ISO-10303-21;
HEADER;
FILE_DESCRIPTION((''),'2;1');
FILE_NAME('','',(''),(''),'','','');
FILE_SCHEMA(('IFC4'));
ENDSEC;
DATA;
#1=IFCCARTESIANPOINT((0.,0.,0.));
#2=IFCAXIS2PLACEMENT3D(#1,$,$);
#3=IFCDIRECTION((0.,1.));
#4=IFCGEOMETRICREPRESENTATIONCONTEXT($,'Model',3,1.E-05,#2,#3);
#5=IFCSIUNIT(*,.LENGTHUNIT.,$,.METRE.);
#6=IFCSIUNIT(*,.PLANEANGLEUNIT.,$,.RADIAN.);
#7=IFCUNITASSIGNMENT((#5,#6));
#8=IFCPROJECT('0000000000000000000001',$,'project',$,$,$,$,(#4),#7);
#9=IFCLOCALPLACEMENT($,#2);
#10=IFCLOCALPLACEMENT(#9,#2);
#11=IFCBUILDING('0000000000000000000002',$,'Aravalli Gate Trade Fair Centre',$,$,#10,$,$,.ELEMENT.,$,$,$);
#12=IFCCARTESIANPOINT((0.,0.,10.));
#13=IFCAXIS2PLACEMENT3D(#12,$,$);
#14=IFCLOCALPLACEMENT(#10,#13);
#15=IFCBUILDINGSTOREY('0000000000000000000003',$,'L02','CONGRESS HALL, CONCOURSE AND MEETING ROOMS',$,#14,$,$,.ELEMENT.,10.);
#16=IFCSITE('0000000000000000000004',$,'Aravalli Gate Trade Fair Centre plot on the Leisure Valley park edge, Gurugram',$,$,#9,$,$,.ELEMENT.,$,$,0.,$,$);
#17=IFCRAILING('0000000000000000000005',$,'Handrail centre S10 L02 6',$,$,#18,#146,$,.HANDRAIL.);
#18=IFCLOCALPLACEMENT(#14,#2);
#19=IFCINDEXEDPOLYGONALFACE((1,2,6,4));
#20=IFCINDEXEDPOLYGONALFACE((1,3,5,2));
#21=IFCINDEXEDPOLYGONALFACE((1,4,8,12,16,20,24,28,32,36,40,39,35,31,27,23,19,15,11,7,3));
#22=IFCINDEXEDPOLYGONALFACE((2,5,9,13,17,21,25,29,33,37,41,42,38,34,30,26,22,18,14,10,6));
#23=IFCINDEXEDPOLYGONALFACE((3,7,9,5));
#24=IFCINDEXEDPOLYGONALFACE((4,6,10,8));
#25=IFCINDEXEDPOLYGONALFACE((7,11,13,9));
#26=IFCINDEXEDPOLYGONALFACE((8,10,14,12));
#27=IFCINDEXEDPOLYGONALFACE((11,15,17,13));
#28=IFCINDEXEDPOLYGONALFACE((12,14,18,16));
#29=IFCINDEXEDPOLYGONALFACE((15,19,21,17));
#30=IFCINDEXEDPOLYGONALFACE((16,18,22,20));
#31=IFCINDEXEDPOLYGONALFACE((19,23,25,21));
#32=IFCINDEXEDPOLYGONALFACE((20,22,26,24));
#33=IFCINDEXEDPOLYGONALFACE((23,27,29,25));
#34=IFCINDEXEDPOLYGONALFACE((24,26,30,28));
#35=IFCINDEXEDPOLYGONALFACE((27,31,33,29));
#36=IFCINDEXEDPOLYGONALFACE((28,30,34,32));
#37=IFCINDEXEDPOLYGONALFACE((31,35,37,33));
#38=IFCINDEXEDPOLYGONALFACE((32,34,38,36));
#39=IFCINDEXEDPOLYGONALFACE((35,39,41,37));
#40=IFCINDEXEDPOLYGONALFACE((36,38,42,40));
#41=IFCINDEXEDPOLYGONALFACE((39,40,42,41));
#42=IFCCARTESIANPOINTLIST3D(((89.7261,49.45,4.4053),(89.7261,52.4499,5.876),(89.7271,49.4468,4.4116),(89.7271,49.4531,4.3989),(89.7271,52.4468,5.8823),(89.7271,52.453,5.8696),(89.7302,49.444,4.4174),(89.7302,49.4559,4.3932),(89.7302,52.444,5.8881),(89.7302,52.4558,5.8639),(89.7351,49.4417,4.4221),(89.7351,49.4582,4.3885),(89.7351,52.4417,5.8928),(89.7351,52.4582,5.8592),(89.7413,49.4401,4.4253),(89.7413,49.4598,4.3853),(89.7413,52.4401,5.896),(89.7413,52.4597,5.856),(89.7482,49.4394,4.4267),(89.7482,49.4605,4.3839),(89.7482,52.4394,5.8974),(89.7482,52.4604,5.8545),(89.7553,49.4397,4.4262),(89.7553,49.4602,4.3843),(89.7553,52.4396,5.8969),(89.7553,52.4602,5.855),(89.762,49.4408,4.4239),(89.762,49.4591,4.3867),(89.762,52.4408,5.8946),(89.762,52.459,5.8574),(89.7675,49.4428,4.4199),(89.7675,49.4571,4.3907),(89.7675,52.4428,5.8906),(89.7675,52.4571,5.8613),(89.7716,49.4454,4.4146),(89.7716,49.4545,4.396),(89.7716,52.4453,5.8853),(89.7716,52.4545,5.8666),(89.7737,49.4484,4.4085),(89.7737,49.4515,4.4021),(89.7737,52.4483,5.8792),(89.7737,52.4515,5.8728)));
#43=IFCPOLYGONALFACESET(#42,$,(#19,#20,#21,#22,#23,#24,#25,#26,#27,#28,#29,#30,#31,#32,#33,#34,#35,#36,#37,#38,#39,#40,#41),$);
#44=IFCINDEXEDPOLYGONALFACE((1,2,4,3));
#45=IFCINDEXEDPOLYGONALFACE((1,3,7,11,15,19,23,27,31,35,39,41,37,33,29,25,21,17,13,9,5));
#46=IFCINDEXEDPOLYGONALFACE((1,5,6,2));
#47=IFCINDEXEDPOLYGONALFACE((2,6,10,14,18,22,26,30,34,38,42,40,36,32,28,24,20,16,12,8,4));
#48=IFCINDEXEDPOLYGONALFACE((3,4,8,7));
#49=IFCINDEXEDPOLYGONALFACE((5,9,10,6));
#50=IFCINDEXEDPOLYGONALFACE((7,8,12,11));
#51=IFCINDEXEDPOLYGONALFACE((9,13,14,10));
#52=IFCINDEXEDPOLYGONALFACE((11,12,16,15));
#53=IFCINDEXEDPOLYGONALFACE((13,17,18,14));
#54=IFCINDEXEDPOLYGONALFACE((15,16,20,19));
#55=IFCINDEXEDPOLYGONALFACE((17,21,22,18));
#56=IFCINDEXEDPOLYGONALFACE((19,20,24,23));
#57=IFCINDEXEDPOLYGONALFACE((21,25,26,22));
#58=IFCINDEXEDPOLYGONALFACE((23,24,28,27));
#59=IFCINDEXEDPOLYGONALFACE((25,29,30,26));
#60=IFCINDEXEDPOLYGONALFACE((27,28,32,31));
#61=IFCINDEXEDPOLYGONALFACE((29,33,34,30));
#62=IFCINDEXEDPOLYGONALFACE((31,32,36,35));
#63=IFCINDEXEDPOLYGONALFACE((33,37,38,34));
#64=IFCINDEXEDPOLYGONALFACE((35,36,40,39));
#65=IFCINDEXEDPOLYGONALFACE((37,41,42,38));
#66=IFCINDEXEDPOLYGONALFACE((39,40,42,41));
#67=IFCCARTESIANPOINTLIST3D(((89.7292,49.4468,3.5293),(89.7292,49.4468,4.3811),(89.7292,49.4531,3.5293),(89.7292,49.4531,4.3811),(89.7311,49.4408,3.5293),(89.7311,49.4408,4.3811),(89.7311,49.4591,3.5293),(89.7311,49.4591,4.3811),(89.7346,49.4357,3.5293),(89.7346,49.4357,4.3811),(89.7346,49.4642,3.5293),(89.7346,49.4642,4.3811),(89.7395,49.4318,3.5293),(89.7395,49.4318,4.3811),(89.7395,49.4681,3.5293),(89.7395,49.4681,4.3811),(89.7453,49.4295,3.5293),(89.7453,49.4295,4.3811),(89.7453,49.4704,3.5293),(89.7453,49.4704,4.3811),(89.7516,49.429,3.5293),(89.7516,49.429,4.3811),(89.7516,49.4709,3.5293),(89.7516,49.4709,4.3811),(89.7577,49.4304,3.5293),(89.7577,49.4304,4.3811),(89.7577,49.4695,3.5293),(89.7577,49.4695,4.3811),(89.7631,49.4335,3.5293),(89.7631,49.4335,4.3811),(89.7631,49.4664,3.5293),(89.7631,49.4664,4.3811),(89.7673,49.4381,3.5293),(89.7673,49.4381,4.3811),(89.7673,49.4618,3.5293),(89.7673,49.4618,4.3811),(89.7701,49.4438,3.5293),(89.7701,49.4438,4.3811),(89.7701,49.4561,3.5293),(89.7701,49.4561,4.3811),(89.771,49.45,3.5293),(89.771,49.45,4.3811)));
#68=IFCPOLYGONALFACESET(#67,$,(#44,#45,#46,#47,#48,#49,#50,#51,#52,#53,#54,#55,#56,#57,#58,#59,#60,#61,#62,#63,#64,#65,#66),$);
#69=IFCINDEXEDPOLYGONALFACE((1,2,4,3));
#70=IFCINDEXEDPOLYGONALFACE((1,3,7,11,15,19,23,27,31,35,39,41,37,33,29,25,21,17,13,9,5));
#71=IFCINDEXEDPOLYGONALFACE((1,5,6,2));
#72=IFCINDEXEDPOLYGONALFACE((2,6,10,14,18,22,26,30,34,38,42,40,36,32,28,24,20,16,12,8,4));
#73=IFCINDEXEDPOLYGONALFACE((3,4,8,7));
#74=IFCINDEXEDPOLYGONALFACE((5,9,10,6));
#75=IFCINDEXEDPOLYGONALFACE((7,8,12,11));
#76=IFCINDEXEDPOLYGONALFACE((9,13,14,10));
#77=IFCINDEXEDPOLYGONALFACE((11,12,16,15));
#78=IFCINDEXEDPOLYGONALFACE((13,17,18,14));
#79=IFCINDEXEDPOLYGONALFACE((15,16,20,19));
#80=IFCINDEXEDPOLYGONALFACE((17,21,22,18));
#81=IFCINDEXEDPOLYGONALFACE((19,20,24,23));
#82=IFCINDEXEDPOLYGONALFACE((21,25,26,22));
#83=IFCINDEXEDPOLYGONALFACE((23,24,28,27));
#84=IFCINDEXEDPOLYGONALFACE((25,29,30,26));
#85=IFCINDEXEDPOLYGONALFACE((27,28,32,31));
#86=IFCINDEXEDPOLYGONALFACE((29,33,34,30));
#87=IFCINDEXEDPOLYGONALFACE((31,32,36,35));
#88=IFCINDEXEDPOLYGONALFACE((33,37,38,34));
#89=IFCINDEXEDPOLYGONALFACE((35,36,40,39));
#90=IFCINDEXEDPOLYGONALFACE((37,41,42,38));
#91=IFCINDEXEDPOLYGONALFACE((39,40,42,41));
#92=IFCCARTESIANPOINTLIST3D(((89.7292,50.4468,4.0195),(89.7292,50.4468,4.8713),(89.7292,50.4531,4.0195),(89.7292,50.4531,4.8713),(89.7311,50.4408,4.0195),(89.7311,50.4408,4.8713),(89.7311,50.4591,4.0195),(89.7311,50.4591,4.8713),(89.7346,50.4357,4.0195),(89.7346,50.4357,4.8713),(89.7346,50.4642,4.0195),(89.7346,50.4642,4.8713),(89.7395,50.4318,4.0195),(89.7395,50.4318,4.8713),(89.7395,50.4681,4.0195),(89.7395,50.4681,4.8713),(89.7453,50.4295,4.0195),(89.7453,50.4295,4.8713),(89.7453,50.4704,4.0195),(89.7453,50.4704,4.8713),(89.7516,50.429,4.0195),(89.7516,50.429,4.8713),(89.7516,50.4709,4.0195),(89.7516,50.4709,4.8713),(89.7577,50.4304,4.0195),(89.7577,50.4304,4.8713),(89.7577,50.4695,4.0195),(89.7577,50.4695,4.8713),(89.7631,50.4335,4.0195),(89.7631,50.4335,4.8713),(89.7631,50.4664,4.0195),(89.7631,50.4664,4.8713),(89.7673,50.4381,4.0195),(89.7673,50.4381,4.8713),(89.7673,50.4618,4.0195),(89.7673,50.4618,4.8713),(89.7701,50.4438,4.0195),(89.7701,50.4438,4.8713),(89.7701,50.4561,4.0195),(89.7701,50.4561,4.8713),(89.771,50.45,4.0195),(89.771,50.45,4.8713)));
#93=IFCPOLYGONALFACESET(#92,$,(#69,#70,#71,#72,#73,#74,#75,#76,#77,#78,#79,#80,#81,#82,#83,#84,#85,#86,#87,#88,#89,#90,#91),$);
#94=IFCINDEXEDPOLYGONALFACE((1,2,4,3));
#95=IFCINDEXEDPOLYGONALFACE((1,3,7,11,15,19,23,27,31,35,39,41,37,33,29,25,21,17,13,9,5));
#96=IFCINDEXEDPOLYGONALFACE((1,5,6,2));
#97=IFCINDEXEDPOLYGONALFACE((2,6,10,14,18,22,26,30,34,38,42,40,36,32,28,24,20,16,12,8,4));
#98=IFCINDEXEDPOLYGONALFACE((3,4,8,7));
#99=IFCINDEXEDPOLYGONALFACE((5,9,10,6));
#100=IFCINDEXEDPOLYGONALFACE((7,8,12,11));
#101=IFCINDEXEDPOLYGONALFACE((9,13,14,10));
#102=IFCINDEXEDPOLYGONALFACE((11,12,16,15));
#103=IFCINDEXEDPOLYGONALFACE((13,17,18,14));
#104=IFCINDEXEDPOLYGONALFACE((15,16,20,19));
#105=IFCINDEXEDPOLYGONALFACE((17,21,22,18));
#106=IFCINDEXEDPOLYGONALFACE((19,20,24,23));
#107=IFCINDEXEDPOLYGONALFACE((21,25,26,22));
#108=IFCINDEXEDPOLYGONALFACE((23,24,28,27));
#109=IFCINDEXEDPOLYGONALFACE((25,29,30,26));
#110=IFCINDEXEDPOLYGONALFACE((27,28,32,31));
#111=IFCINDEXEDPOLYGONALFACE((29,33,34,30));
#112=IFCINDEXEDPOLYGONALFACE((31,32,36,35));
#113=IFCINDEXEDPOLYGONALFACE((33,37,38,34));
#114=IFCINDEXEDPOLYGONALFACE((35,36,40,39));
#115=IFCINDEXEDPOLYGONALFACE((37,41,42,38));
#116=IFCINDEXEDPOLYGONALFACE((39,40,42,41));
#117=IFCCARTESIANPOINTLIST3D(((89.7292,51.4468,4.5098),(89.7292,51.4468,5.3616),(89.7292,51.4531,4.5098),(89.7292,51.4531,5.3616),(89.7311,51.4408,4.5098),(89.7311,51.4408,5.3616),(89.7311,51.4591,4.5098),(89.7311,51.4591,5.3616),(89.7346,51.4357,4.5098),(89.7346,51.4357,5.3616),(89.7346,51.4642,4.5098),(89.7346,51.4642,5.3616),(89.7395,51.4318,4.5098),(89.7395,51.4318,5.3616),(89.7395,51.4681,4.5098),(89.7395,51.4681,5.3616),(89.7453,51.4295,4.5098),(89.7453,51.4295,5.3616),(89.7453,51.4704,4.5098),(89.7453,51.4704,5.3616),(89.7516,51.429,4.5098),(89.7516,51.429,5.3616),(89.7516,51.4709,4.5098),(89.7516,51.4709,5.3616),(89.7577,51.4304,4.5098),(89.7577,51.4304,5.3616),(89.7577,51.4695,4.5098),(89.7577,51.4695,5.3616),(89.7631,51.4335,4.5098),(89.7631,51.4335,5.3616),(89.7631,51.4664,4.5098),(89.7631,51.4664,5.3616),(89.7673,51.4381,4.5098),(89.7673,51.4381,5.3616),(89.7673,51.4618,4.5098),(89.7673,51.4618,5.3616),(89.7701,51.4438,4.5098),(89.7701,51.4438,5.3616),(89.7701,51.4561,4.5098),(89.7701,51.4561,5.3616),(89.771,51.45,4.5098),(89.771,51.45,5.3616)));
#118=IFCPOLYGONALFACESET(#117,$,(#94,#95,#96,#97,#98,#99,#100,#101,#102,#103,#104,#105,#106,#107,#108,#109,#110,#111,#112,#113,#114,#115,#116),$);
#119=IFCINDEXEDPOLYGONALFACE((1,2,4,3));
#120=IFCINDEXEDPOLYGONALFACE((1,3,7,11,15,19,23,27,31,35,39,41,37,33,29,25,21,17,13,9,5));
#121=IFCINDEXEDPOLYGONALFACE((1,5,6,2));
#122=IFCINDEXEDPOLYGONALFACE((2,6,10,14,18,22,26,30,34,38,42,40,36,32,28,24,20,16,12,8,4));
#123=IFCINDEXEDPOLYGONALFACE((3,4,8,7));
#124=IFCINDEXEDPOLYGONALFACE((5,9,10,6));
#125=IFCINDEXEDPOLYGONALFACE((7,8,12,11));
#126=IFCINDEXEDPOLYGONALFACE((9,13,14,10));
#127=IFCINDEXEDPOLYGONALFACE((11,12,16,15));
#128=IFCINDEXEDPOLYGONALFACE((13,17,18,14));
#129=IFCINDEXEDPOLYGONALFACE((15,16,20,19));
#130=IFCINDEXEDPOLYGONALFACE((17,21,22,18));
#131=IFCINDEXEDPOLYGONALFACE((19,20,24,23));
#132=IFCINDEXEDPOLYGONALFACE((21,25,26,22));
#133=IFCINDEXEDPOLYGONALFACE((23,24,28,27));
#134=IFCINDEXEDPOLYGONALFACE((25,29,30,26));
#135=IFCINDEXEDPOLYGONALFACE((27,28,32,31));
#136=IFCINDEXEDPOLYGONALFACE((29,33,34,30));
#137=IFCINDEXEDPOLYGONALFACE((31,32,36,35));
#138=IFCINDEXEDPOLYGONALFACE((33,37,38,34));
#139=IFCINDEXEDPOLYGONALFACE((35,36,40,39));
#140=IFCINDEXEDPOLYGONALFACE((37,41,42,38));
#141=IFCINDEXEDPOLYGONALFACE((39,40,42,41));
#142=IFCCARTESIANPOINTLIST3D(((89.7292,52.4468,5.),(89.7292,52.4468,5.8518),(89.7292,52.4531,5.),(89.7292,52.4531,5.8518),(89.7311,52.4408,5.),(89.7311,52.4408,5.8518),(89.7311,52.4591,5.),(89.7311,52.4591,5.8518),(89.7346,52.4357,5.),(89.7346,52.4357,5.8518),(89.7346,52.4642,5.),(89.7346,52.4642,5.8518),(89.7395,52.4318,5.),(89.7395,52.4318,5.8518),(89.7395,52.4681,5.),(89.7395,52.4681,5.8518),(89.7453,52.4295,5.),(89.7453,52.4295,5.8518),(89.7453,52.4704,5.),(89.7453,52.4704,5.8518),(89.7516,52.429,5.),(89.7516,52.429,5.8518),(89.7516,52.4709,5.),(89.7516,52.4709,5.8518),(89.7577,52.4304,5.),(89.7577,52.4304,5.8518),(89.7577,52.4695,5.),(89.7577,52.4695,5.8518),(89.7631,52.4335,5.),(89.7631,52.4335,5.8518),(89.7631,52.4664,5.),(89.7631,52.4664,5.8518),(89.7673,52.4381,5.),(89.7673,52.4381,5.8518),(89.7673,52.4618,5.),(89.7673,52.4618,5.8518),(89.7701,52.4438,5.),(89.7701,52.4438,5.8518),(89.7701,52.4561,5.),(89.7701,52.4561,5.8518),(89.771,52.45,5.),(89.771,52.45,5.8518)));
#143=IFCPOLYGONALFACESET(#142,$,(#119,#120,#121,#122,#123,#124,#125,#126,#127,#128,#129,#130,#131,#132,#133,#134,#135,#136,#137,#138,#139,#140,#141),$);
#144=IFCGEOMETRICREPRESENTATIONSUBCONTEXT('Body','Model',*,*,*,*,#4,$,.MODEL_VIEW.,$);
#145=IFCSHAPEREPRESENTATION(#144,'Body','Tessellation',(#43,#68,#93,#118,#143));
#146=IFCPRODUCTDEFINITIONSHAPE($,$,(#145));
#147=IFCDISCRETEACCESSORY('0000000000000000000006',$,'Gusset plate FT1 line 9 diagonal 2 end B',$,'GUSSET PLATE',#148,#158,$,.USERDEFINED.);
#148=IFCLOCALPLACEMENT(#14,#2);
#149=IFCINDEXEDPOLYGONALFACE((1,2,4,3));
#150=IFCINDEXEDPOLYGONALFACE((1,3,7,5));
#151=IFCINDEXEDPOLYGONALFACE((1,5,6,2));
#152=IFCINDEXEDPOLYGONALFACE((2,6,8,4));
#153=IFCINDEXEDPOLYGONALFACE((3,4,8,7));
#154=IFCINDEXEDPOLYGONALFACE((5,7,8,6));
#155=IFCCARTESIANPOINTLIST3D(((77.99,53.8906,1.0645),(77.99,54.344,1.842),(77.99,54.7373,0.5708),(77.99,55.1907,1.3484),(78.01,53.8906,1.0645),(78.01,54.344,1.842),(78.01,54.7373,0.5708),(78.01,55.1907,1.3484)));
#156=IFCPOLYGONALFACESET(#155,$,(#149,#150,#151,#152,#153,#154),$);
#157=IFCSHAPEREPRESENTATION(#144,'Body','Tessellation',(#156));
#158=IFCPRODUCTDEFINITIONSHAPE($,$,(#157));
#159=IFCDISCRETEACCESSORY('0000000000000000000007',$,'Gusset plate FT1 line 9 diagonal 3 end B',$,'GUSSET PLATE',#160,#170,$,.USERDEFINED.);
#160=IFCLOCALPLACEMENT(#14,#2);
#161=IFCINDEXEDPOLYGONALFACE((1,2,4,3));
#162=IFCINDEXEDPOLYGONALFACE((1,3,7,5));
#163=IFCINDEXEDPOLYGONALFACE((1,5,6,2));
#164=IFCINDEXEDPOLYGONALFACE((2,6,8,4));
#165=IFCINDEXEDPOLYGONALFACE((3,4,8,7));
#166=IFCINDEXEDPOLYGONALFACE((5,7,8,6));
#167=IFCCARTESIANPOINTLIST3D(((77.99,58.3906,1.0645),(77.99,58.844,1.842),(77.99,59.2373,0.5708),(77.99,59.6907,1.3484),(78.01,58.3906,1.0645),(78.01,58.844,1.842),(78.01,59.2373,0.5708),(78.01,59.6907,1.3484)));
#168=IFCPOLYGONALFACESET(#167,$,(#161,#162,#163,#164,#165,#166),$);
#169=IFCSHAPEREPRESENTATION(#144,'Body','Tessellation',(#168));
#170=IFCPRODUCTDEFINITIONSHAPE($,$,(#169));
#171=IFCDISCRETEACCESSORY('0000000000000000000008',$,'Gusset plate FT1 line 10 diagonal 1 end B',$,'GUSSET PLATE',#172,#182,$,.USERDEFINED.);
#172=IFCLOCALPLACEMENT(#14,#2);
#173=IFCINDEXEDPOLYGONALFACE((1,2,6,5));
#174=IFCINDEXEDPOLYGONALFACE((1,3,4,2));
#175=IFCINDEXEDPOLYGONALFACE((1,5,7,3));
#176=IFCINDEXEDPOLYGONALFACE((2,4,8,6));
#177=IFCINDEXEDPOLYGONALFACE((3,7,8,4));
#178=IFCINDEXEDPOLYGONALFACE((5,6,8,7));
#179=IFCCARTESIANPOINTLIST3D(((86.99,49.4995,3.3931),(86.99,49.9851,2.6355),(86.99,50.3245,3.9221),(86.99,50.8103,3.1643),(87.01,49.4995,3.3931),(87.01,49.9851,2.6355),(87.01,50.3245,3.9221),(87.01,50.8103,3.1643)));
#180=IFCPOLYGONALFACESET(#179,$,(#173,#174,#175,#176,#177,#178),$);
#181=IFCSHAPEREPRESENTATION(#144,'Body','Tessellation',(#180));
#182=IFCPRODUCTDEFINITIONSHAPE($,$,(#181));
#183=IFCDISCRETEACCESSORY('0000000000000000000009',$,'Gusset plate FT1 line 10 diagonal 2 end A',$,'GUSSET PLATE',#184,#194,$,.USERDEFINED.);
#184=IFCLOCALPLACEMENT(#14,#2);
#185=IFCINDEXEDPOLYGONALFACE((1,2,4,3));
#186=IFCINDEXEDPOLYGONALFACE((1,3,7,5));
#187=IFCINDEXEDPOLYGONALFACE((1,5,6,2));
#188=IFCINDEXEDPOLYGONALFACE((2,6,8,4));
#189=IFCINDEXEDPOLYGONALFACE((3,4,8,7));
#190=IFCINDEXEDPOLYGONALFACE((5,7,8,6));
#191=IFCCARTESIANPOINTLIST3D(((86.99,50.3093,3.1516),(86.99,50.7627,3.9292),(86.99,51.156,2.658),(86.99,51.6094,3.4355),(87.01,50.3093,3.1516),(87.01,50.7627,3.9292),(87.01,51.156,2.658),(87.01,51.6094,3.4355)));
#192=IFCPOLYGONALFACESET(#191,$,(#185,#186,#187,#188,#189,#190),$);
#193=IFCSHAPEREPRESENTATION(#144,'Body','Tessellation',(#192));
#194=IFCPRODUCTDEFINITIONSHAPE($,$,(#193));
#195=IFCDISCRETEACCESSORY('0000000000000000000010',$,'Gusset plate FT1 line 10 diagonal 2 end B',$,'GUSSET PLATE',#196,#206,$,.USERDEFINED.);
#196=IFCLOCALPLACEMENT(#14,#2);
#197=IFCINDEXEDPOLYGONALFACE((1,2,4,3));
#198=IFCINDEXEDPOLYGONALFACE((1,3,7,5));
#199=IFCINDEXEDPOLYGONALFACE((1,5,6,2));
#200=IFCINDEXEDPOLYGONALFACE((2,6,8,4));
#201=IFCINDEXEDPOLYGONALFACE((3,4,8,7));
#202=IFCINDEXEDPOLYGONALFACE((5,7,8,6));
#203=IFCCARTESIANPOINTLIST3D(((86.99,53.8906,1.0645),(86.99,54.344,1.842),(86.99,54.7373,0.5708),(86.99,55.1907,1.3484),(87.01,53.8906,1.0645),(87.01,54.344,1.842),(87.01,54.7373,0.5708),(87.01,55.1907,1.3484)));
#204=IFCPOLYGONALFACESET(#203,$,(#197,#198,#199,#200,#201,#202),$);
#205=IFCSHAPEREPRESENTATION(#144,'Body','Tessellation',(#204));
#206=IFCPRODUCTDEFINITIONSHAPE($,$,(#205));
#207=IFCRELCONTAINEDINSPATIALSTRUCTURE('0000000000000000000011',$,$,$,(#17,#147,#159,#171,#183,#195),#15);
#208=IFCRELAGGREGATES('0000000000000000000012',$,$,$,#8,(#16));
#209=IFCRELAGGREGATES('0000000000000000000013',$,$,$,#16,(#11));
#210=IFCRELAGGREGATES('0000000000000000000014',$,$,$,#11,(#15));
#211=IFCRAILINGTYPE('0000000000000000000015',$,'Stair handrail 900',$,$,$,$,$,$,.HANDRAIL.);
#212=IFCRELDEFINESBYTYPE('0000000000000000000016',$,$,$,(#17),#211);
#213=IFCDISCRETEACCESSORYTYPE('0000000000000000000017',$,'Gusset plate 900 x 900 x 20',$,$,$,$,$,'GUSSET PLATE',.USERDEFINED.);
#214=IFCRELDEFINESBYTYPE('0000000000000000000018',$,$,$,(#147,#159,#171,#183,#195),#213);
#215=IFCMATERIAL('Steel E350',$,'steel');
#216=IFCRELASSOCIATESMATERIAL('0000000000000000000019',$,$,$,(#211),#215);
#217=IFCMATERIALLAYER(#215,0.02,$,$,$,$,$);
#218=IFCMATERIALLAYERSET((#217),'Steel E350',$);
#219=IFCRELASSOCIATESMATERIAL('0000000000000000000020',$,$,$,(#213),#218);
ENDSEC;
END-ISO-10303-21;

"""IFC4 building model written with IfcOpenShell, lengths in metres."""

from ifc_helpers import new_model, si_unit, direction, frame, origin, origin_2d, place, context, subcontext, project, spatial, polyline, circle, outline, extrude, material, layer, layer_set, type_object, element, save


model = new_model("IFC4")

# Units and contexts
model_context = context("Model", 3, precision=1e-05, world=origin(), true_north=direction((0.0, 1.0)))
body_context = subcontext(model_context, "Body", "Model", "MODEL_VIEW")
ifc_project = project(units=[si_unit("LENGTHUNIT", "METRE"), si_unit("PLANEANGLEUNIT", "RADIAN")], contexts=[model_context])

# Site, building, storey
site_placement = place(None, origin())
site = spatial("IfcSite", under=ifc_project, at=site_placement, Name="Aravalli Gate Trade Fair Centre plot on the Leisure Valley park edge, Gurugram", CompositionType="ELEMENT", RefElevation=0.0)
building_placement = place(site_placement, origin())
building = spatial("IfcBuilding", under=site, at=building_placement, Name="Aravalli Gate Trade Fair Centre", CompositionType="ELEMENT")
storey_placement = place(building_placement, frame((0.0, 0.0, 10.0)))
storey = spatial("IfcBuildingStorey", under=building, at=storey_placement, Name="L02", Description="CONGRESS HALL, CONCOURSE AND MEETING ROOMS", CompositionType="ELEMENT", Elevation=10.0)

# Shared definitions
ifc_material_1 = material(Name="Steel E350", Category="steel")

# Railing
railing_type = type_object("IfcRailingType", Name="Stair handrail 900", PredefinedType="HANDRAIL", material=ifc_material_1)
for number, where, name in (
    (1, (89.75, 49.45, 3.5293), "Handrail centre S10 L02 6"),
):
    element("IfcRailing", number, at=place(storey_placement, frame(where)), inside=storey, type_object=railing_type, Name=name, PredefinedType="HANDRAIL", context=body_context, shape_type="SweptSolid", body=[
        extrude(circle(Radius=0.0239, at=origin_2d()), frame((0.0, 0.0, 0.876), z_axis=(0.0, 0.897907, 0.440185), x_axis=(-1.0, 0.0, 0.0)), (0.0, 0.0, 1.0), 3.3411),
        extrude(circle(Radius=0.021, at=origin_2d()), origin(), (0.0, 0.0, 1.0), 0.8518),
        extrude(circle(Radius=0.021, at=origin_2d()), frame((0.0, 1.0, 0.4902)), (0.0, 0.0, 1.0), 0.8518),
        extrude(circle(Radius=0.021, at=origin_2d()), frame((0.0, 2.0, 0.9805)), (0.0, 0.0, 1.0), 0.8518),
        extrude(circle(Radius=0.021, at=origin_2d()), frame((0.0, 3.0, 1.4707)), (0.0, 0.0, 1.0), 0.8518),
    ])

# Discrete accessories
ifc_layer_1 = layer(ifc_material_1, 0.02)
ifc_layer_set_1 = layer_set([ifc_layer_1], Name="Steel E350")
discrete_accessory_type = type_object("IfcDiscreteAccessoryType", Name="Gusset plate 900 x 900 x 20", ElementType="GUSSET PLATE", PredefinedType="USERDEFINED", material=ifc_layer_set_1)
for number, where, z_axis, x_axis, name in (
    (2, (78.01, 53.8906, 1.0645), (1.0, 0.0, 0.0), (0.0, 0.863887, -0.503685), "Gusset plate FT1 line 9 diagonal 2 end B"),
    (3, (78.01, 58.3906, 1.0645), (1.0, 0.0, 0.0), (0.0, 0.863887, -0.503685), "Gusset plate FT1 line 9 diagonal 3 end B"),
):
    element("IfcDiscreteAccessory", number, at=place(storey_placement, frame(where, z_axis=z_axis, x_axis=x_axis)), inside=storey, type_object=discrete_accessory_type, Name=name, ObjectType="GUSSET PLATE", PredefinedType="USERDEFINED", context=body_context, shape_type="SweptSolid", body=[
        extrude(outline(polyline([(0.0, 0.0), (0.9801, 0.0), (0.9801, 0.9001), (0.0, 0.9001), (0.0, 0.0)])), origin(), (0.0, 0.0, -1.0), 0.02),
    ])
discrete_accessory_1_placement = place(storey_placement, frame((86.99, 49.4995, 3.3931), z_axis=(-1.0, 0.0, 0.0), x_axis=(0.0, 0.841769, 0.539838)))
element("IfcDiscreteAccessory", 4, at=discrete_accessory_1_placement, inside=storey, type_object=discrete_accessory_type, Name="Gusset plate FT1 line 10 diagonal 1 end B", ObjectType="GUSSET PLATE", PredefinedType="USERDEFINED", context=body_context, shape_type="SweptSolid", body=[
    extrude(outline(polyline([(0.0, 0.0), (0.98, 0.0), (0.9799, 0.9002), (-0.0002, 0.8998), (0.0, 0.0)])), origin(), (0.0, 0.0, -1.0), 0.02),
])
discrete_accessory_2_placement = place(storey_placement, frame((86.99, 51.156, 2.658), z_axis=(-1.0, 0.0, 0.0), x_axis=(0.0, -0.863887, 0.503685)))
element("IfcDiscreteAccessory", 5, at=discrete_accessory_2_placement, inside=storey, type_object=discrete_accessory_type, Name="Gusset plate FT1 line 10 diagonal 2 end A", ObjectType="GUSSET PLATE", PredefinedType="USERDEFINED", context=body_context, shape_type="SweptSolid", body=[
    extrude(outline(polyline([(0.0, 0.0), (0.9801, 0.0), (0.9801, 0.9001), (0.0, 0.9001), (0.0, 0.0)])), origin(), (0.0, 0.0, -1.0), 0.02),
])
discrete_accessory_3_placement = place(storey_placement, frame((87.01, 53.8906, 1.0645), z_axis=(1.0, 0.0, 0.0), x_axis=(0.0, 0.863887, -0.503685)))
element("IfcDiscreteAccessory", 6, at=discrete_accessory_3_placement, inside=storey, type_object=discrete_accessory_type, Name="Gusset plate FT1 line 10 diagonal 2 end B", ObjectType="GUSSET PLATE", PredefinedType="USERDEFINED", context=body_context, shape_type="SweptSolid", body=[
    extrude(outline(polyline([(0.0, 0.0), (0.9801, 0.0), (0.9801, 0.9001), (0.0, 0.9001), (0.0, 0.0)])), origin(), (0.0, 0.0, -1.0), 0.02),
])

save(model, "model.ifc")
